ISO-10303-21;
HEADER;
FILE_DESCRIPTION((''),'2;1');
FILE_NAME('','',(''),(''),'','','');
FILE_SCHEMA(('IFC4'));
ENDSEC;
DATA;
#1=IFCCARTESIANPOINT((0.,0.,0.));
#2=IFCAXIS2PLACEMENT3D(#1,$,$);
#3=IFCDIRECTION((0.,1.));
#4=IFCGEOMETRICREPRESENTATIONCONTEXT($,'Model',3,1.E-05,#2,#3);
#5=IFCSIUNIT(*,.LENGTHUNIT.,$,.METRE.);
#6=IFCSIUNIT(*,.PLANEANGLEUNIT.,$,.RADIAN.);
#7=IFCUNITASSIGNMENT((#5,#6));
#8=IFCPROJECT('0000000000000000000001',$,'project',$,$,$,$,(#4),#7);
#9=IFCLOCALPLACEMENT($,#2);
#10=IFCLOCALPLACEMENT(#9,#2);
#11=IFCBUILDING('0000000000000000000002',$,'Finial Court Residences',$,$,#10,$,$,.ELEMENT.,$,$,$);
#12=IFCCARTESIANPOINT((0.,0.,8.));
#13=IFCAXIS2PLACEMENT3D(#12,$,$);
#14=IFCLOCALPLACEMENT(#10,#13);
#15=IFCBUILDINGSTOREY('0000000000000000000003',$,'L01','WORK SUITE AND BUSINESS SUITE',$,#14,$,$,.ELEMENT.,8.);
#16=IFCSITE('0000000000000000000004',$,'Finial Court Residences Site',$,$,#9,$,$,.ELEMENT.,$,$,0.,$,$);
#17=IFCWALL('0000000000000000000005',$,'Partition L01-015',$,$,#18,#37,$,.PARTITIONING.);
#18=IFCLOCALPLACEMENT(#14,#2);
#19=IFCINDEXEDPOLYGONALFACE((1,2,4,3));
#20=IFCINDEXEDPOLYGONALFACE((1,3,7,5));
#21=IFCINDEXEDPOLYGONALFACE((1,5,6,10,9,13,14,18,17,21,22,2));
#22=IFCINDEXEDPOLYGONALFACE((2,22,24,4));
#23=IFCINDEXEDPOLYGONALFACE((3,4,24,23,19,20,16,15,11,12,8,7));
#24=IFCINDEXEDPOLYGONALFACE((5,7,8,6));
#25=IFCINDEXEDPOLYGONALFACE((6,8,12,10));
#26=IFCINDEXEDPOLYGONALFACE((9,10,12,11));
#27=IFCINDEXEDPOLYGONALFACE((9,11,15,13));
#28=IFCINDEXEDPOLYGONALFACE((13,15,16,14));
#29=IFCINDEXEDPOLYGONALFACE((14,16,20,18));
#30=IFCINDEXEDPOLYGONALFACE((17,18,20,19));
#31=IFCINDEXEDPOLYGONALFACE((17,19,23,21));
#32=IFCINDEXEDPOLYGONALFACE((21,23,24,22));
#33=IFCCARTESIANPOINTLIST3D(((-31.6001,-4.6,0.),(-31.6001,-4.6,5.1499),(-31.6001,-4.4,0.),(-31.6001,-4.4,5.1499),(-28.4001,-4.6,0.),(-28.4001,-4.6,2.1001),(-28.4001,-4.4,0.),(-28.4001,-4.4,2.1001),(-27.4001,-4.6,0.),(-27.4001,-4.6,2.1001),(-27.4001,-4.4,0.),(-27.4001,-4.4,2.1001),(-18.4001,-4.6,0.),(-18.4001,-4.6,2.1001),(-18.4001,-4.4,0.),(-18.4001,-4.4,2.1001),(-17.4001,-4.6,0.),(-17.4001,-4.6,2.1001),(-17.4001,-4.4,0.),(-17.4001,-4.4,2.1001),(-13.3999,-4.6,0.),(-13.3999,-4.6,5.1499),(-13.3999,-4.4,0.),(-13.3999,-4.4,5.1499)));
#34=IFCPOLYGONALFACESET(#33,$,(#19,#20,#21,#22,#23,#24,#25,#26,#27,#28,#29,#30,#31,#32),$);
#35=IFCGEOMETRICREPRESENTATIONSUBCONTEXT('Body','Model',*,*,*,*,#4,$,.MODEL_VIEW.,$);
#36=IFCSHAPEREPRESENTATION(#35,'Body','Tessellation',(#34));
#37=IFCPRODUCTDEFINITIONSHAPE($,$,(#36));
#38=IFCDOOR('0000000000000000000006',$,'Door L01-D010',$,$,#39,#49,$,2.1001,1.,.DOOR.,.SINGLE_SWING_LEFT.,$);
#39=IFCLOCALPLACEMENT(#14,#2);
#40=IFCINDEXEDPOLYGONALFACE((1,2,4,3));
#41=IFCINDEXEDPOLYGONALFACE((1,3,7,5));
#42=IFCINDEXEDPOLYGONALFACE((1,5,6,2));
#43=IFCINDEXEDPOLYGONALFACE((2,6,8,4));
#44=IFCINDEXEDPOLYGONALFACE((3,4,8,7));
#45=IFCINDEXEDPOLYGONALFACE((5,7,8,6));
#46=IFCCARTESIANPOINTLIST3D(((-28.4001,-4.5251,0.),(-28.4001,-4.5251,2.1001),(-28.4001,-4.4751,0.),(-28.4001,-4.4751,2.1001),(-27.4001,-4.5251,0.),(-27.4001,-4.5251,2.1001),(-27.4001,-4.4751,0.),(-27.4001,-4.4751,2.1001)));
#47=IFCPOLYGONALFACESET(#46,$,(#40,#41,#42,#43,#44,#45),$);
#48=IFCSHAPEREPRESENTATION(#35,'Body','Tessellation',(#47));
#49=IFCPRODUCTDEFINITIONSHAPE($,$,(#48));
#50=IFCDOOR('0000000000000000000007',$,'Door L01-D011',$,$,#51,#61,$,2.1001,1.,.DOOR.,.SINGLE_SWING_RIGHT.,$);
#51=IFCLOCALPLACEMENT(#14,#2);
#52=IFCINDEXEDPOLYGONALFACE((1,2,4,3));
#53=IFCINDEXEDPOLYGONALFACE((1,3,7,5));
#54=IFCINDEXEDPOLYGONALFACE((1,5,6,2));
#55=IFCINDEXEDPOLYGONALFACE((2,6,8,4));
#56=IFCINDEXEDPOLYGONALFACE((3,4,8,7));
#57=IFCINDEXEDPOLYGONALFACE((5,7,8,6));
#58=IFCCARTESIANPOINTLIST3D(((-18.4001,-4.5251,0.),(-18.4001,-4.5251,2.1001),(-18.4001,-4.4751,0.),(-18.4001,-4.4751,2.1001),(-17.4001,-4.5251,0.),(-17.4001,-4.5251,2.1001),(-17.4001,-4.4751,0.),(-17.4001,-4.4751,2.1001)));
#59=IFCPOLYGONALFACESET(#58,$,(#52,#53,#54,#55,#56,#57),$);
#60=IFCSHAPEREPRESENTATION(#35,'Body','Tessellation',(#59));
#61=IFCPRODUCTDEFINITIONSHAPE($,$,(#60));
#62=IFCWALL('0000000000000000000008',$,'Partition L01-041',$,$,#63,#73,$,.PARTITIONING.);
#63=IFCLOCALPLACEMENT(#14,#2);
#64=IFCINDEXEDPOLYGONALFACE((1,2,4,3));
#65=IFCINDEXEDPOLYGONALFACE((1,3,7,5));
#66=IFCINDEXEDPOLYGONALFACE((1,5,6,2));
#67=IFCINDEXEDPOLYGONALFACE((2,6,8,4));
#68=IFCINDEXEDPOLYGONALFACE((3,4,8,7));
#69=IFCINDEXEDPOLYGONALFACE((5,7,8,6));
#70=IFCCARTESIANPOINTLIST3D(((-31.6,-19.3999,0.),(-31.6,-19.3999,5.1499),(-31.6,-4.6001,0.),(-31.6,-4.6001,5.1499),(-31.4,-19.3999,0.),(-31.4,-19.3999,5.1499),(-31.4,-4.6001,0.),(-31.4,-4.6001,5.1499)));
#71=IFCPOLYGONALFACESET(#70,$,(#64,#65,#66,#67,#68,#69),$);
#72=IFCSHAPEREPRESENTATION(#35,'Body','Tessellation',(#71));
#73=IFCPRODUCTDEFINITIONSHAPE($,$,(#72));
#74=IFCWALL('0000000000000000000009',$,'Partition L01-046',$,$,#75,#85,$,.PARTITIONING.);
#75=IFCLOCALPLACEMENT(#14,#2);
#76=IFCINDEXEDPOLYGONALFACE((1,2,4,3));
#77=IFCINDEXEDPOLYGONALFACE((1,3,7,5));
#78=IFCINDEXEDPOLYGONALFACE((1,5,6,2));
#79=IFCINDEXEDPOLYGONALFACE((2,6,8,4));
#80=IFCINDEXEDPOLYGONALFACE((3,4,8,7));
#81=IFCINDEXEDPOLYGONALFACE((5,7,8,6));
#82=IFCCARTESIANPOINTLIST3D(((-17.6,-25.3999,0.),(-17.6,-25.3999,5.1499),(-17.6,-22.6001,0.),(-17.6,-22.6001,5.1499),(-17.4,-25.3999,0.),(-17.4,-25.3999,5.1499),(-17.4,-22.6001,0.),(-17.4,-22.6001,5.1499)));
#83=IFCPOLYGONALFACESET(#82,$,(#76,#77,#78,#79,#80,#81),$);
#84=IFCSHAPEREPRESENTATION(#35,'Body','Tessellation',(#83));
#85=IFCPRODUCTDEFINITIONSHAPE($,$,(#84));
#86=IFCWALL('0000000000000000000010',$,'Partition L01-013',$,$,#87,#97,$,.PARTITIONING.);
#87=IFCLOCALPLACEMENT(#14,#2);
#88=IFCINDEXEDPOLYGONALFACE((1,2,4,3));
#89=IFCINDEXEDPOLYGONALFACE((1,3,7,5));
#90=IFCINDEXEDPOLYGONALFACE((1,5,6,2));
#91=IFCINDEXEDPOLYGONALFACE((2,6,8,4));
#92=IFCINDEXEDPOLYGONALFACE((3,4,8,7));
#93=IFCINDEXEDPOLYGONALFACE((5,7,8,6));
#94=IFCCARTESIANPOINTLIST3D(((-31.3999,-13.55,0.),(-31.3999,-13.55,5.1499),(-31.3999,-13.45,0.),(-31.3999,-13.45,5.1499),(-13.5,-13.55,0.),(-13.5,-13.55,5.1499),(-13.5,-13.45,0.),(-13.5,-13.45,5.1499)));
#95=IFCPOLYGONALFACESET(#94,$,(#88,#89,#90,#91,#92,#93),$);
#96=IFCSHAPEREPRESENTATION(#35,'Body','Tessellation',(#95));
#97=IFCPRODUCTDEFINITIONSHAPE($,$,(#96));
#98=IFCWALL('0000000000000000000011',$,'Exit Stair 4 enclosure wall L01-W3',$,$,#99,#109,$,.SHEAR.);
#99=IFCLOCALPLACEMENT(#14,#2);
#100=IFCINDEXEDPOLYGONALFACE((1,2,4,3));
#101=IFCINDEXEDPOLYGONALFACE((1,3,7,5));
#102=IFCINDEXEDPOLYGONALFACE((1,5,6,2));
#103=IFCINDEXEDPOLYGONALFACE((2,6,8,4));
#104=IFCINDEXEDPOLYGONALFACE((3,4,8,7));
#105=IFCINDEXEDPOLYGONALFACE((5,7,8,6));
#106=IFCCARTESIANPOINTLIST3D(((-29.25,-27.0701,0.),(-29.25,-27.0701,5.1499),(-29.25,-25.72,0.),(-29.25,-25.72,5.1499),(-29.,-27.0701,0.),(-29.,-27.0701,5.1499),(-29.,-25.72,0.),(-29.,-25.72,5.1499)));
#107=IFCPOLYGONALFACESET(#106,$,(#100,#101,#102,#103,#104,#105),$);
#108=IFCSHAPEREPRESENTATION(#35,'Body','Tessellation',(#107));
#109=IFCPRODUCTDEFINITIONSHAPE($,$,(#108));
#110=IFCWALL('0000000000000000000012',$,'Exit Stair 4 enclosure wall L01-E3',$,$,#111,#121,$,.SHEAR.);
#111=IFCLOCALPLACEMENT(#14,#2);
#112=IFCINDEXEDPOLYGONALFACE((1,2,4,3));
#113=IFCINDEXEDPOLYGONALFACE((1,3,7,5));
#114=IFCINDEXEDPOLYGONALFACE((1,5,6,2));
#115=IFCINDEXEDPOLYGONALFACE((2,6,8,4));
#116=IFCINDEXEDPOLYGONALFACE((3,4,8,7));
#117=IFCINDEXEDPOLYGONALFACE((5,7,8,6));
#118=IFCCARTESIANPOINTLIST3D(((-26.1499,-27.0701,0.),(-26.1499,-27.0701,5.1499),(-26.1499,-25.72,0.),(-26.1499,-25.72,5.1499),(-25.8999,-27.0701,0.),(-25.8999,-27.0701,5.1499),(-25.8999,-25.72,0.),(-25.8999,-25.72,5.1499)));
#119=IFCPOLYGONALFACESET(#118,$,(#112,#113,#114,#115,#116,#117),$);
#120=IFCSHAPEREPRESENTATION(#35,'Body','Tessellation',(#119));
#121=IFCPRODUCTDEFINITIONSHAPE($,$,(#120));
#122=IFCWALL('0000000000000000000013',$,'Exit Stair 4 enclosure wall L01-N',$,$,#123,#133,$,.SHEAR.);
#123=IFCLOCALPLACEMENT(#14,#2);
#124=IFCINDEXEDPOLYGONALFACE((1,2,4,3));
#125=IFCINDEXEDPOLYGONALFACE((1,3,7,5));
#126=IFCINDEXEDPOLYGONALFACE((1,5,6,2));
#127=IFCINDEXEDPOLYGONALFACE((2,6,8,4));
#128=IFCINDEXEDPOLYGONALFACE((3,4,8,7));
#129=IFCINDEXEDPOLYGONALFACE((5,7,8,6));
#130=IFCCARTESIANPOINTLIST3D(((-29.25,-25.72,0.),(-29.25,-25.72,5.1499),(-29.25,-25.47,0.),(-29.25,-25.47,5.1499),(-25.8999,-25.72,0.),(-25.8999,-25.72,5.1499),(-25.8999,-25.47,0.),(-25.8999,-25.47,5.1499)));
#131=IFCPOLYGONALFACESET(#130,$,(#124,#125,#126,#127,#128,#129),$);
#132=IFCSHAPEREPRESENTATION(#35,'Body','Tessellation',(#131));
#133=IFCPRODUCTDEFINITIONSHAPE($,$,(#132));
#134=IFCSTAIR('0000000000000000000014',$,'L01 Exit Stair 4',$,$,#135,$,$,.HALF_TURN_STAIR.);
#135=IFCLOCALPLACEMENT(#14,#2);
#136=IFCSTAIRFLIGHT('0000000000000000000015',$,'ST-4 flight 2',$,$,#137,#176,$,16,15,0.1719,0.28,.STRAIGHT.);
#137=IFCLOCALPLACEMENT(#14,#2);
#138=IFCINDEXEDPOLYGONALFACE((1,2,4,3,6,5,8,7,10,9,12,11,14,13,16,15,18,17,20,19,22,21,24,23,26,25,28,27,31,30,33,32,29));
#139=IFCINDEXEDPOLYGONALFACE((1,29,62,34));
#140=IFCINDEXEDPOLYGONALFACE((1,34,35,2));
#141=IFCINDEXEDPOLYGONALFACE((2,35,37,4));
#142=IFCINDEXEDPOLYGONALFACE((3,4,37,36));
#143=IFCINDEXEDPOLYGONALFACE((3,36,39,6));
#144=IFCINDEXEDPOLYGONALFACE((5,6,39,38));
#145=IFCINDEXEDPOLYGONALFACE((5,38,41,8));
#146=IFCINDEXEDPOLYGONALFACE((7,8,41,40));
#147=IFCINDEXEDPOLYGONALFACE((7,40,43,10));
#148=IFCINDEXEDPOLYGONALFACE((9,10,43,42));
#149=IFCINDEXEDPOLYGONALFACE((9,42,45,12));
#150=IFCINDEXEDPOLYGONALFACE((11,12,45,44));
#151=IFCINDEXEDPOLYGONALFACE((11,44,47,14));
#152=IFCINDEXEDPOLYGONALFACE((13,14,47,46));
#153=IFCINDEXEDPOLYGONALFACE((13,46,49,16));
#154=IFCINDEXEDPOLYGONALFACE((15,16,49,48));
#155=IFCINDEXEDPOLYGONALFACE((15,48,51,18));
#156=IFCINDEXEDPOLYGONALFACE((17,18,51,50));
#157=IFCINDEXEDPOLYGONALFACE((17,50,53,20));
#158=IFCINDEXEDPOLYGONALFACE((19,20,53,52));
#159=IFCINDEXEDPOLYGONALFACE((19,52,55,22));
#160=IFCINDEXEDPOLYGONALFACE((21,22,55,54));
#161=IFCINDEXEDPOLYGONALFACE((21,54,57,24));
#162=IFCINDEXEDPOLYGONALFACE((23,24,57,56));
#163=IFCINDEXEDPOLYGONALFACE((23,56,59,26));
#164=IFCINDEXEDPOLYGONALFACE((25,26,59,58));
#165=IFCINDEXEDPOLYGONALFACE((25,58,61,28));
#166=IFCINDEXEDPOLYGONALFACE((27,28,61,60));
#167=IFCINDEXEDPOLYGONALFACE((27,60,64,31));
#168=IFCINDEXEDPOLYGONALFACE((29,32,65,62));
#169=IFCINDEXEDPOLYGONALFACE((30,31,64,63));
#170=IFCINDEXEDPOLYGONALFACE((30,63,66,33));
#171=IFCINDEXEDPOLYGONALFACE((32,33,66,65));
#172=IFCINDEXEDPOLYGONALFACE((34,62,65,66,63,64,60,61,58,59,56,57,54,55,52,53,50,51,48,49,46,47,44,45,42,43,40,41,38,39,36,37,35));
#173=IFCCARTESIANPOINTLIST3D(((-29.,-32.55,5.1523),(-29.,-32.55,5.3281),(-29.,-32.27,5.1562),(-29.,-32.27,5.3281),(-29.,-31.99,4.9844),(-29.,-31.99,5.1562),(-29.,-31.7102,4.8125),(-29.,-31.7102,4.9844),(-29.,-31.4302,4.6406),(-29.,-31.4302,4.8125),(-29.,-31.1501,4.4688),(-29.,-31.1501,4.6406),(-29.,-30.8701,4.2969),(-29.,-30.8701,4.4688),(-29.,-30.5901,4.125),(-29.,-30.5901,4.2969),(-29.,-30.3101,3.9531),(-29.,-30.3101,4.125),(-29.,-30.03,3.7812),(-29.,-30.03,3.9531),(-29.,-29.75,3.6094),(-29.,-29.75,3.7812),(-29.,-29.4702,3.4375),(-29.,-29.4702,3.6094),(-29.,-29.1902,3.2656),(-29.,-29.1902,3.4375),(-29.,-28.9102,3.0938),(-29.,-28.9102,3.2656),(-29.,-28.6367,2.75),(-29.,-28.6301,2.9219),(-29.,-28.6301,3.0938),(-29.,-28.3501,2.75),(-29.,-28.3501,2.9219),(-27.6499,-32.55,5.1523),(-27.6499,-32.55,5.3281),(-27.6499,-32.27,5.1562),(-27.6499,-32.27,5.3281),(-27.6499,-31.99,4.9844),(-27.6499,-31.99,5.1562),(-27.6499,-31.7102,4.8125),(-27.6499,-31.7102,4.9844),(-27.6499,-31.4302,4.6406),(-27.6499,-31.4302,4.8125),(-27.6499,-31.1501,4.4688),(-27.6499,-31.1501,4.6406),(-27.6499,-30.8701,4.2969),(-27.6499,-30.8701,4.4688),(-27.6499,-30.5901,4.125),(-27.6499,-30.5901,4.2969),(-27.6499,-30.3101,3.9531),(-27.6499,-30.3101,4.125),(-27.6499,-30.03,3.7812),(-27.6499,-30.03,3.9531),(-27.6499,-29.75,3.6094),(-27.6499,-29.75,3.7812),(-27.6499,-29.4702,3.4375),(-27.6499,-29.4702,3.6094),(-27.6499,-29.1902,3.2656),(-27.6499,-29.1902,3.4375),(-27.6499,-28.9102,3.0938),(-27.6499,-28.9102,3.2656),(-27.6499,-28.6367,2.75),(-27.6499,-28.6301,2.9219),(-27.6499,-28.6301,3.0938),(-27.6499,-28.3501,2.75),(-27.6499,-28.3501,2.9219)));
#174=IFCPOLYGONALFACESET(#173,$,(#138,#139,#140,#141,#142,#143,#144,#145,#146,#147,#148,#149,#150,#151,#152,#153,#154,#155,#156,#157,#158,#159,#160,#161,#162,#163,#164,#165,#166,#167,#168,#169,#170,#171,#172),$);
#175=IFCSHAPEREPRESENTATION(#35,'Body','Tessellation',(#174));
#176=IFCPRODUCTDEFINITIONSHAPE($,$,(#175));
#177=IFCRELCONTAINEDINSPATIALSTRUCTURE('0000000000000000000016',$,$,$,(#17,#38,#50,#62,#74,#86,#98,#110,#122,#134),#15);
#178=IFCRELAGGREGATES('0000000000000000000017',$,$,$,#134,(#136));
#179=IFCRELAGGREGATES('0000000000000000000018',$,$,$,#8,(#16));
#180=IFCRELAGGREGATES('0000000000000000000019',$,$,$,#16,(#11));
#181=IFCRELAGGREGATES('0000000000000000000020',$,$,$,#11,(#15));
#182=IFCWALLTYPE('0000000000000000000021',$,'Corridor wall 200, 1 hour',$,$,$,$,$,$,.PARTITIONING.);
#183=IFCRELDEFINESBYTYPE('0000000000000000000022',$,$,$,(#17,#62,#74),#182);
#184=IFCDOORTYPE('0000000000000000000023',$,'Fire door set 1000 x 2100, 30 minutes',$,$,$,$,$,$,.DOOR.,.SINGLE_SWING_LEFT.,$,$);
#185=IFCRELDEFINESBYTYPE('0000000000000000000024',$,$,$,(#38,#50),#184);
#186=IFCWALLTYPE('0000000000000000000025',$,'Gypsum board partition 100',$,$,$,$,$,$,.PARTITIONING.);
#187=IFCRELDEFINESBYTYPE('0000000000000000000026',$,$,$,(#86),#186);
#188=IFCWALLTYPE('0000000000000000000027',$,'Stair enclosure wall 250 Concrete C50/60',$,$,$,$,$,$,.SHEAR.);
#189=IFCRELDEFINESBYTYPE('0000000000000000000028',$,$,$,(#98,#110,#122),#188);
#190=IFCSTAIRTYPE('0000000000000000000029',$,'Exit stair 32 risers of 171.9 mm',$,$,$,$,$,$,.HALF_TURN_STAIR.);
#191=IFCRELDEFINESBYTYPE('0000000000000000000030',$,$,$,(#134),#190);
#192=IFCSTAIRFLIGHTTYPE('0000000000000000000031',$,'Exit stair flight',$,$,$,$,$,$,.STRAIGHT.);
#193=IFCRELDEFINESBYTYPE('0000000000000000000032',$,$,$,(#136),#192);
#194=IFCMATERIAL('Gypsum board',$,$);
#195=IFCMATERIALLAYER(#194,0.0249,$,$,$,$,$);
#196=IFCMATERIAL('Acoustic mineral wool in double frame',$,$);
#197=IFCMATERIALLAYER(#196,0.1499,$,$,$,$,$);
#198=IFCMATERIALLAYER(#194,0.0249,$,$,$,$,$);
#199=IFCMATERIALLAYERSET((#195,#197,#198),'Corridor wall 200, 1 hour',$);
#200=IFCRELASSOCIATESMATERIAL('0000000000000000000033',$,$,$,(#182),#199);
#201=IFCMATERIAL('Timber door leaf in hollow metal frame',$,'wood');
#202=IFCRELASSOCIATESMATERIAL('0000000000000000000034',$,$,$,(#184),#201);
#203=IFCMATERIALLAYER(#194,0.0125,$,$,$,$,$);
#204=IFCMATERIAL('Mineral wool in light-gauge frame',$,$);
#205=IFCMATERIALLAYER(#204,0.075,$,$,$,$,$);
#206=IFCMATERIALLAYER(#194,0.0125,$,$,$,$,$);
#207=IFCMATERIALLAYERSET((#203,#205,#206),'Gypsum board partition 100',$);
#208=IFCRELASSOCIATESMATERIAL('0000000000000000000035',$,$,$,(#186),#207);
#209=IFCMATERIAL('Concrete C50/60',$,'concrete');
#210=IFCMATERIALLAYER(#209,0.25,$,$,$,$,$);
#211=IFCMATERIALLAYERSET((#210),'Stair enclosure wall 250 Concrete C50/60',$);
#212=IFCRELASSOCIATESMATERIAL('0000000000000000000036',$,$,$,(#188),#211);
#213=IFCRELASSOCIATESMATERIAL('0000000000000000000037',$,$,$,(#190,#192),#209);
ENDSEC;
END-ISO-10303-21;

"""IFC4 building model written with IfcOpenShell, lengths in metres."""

from ifc_helpers import new_model, si_unit, direction, frame, frame_2d, origin, place, context, subcontext, project, spatial, polyline, rectangle, outline, extrude, material, layer, layer_set, type_object, element, fill, aggregate, save


model = new_model("IFC4")

# Units and contexts
model_context = context("Model", 3, precision=1e-05, world=origin(), true_north=direction((0.0, 1.0)))
body_context = subcontext(model_context, "Body", "Model", "MODEL_VIEW")
ifc_project = project(units=[si_unit("LENGTHUNIT", "METRE"), si_unit("PLANEANGLEUNIT", "RADIAN")], contexts=[model_context])

# Site, building, storey
site_placement = place(None, origin())
site = spatial("IfcSite", under=ifc_project, at=site_placement, Name="Finial Court Residences Site", CompositionType="ELEMENT", RefElevation=0.0)
building_placement = place(site_placement, origin())
building = spatial("IfcBuilding", under=site, at=building_placement, Name="Finial Court Residences", CompositionType="ELEMENT")
storey_placement = place(building_placement, frame((0.0, 0.0, 8.0)))
storey = spatial("IfcBuildingStorey", under=building, at=storey_placement, Name="L01", Description="WORK SUITE AND BUSINESS SUITE", CompositionType="ELEMENT", Elevation=8.0)

# Shared definitions
ifc_material_1 = material(Name="Concrete C50/60", Category="concrete")

# Shared definitions
ifc_material_2 = material(Name="Gypsum board")
ifc_layer_1 = layer(ifc_material_2, 0.0249)
ifc_material_3 = material(Name="Acoustic mineral wool in double frame")
ifc_layer_2 = layer(ifc_material_3, 0.1499)
ifc_layer_3 = layer(ifc_material_2, 0.0249)
ifc_layer_set_1 = layer_set([ifc_layer_1, ifc_layer_2, ifc_layer_3], Name="Corridor wall 200, 1 hour")
wall_type_1 = type_object("IfcWallType", Name="Corridor wall 200, 1 hour", PredefinedType="PARTITIONING", material=ifc_layer_set_1)

# Wall, openings, doors
ifc_material_4 = material(Name="Timber door leaf in hollow metal frame", Category="wood")
wall_1_placement = place(storey_placement, frame((-31.6001, -4.5, 0.0), z_axis=(0.0, 0.0, 1.0), x_axis=(1.0, 0.0, 0.0)))
wall_1 = element("IfcWall", 1, at=wall_1_placement, inside=storey, type_object=wall_type_1, Name="Partition L01-015", PredefinedType="PARTITIONING", context=body_context, shape_type="SweptSolid", body=[
    extrude(rectangle(XDim=18.2002, YDim=0.2, at=frame_2d((9.1001, 0.0))), origin(), (0.0, 0.0, 1.0), 5.1499),
])
opening_1_placement = place(wall_1_placement, frame((3.2, 0.0, 0.0)))
opening_1 = element("IfcOpeningElement", 2, at=opening_1_placement, cuts=wall_1, PredefinedType="OPENING", context=body_context, shape_type="SweptSolid", body=[
    extrude(rectangle(XDim=1.0, YDim=2.1001, at=frame_2d((0.5, 1.05))), frame((0.0, 0.1099, 0.0), z_axis=(0.0, -1.0, 0.0), x_axis=(1.0, 0.0, 0.0)), (0.0, 0.0, 1.0), 0.22),
])
opening_2_placement = place(wall_1_placement, frame((13.2, 0.0, 0.0)))
opening_2 = element("IfcOpeningElement", 3, at=opening_2_placement, cuts=wall_1, PredefinedType="OPENING", context=body_context, shape_type="SweptSolid", body=[
    extrude(rectangle(XDim=1.0, YDim=2.1001, at=frame_2d((0.5, 1.05))), frame((0.0, 0.1099, 0.0), z_axis=(0.0, -1.0, 0.0), x_axis=(1.0, 0.0, 0.0)), (0.0, 0.0, 1.0), 0.22),
])
door_type_1 = type_object("IfcDoorType", Name="Fire door set 1000 x 2100, 30 minutes", OperationType="SINGLE_SWING_LEFT", PredefinedType="DOOR", material=ifc_material_4)
door_1_placement = place(opening_1_placement, origin())
door_1 = element("IfcDoor", 4, at=door_1_placement, inside=storey, type_object=door_type_1, Name="Door L01-D010", OperationType="SINGLE_SWING_LEFT", OverallHeight=2.1001, OverallWidth=1.0, PredefinedType="DOOR", context=body_context, shape_type="SweptSolid", body=[
    extrude(rectangle(XDim=1.0, YDim=2.1001, at=frame_2d((0.5, 1.05))), frame((0.0, 0.0249, 0.0), z_axis=(0.0, -1.0, 0.0), x_axis=(1.0, 0.0, 0.0)), (0.0, 0.0, 1.0), 0.05),
])
fill(opening_1, door_1)
door_2_placement = place(opening_2_placement, origin())
door_2 = element("IfcDoor", 5, at=door_2_placement, inside=storey, type_object=door_type_1, Name="Door L01-D011", OperationType="SINGLE_SWING_RIGHT", OverallHeight=2.1001, OverallWidth=1.0, PredefinedType="DOOR", context=body_context, shape_type="SweptSolid", body=[
    extrude(rectangle(XDim=1.0, YDim=2.1001, at=frame_2d((0.5, 1.05))), frame((0.0, 0.0249, 0.0), z_axis=(0.0, -1.0, 0.0), x_axis=(1.0, 0.0, 0.0)), (0.0, 0.0, 1.0), 0.05),
])
fill(opening_2, door_2)

# Walls
wall_2_placement = place(storey_placement, frame((-31.5, -19.3999, 0.0), z_axis=(0.0, 0.0, 1.0), x_axis=(0.0, 1.0, 0.0)))
element("IfcWall", 6, at=wall_2_placement, inside=storey, type_object=wall_type_1, Name="Partition L01-041", PredefinedType="PARTITIONING", context=body_context, shape_type="SweptSolid", body=[
    extrude(rectangle(XDim=14.7998, YDim=0.2, at=frame_2d((7.3999, 0.0))), origin(), (0.0, 0.0, 1.0), 5.1499),
])
wall_3_placement = place(storey_placement, frame((-17.5, -25.3999, 0.0), z_axis=(0.0, 0.0, 1.0), x_axis=(0.0, 1.0, 0.0)))
element("IfcWall", 7, at=wall_3_placement, inside=storey, type_object=wall_type_1, Name="Partition L01-046", PredefinedType="PARTITIONING", context=body_context, shape_type="SweptSolid", body=[
    extrude(rectangle(XDim=2.7998, YDim=0.2, at=frame_2d((1.3999, 0.0))), origin(), (0.0, 0.0, 1.0), 5.1499),
])
ifc_layer_4 = layer(ifc_material_2, 0.0125)
ifc_material_5 = material(Name="Mineral wool in light-gauge frame")
ifc_layer_5 = layer(ifc_material_5, 0.075)
ifc_layer_6 = layer(ifc_material_2, 0.0125)
ifc_layer_set_2 = layer_set([ifc_layer_4, ifc_layer_5, ifc_layer_6], Name="Gypsum board partition 100")
wall_type_2 = type_object("IfcWallType", Name="Gypsum board partition 100", PredefinedType="PARTITIONING", material=ifc_layer_set_2)
wall_4_placement = place(storey_placement, frame((-31.3999, -13.5, 0.0), z_axis=(0.0, 0.0, 1.0), x_axis=(1.0, 0.0, 0.0)))
element("IfcWall", 8, at=wall_4_placement, inside=storey, type_object=wall_type_2, Name="Partition L01-013", PredefinedType="PARTITIONING", context=body_context, shape_type="SweptSolid", body=[
    extrude(rectangle(XDim=17.8999, YDim=0.1001, at=frame_2d((8.95, 0.0))), origin(), (0.0, 0.0, 1.0), 5.1499),
])
ifc_layer_7 = layer(ifc_material_1, 0.25)
ifc_layer_set_3 = layer_set([ifc_layer_7], Name="Stair enclosure wall 250 Concrete C50/60")
wall_type_3 = type_object("IfcWallType", Name="Stair enclosure wall 250 Concrete C50/60", PredefinedType="SHEAR", material=ifc_layer_set_3)
for number, where, z_axis, x_axis, name in (
    (9, (-29.125, -27.0701, 0.0), (0.0, 0.0, 1.0), (0.0, 1.0, 0.0), "Exit Stair 4 enclosure wall L01-W3"),
    (10, (-26.0249, -27.0701, 0.0), (0.0, 0.0, 1.0), (0.0, 1.0, 0.0), "Exit Stair 4 enclosure wall L01-E3"),
):
    element("IfcWall", number, at=place(storey_placement, frame(where, z_axis=z_axis, x_axis=x_axis)), inside=storey, type_object=wall_type_3, Name=name, PredefinedType="SHEAR", context=body_context, shape_type="SweptSolid", body=[
        extrude(rectangle(XDim=1.3501, YDim=0.25, at=frame_2d((0.675, 0.0))), origin(), (0.0, 0.0, 1.0), 5.1499),
    ])
wall_5_placement = place(storey_placement, frame((-29.25, -25.595, 0.0), z_axis=(0.0, 0.0, 1.0), x_axis=(1.0, 0.0, 0.0)))
element("IfcWall", 11, at=wall_5_placement, inside=storey, type_object=wall_type_3, Name="Exit Stair 4 enclosure wall L01-N", PredefinedType="SHEAR", context=body_context, shape_type="SweptSolid", body=[
    extrude(rectangle(XDim=3.3501, YDim=0.25, at=frame_2d((1.675, 0.0))), origin(), (0.0, 0.0, 1.0), 5.1499),
])

# Stair, stair flight
stair_type = type_object("IfcStairType", Name="Exit stair 32 risers of 171.9 mm", PredefinedType="HALF_TURN_STAIR", material=ifc_material_1)
stair_placement = place(storey_placement, origin())
stair = element("IfcStair", 12, at=stair_placement, inside=storey, type_object=stair_type, Name="L01 Exit Stair 4", PredefinedType="HALF_TURN_STAIR")
stair_flight_type = type_object("IfcStairFlightType", Name="Exit stair flight", PredefinedType="STRAIGHT", material=ifc_material_1)
stair_flight_placement = place(storey_placement, frame((-28.325, -28.3501, 2.75), z_axis=(0.0, 0.0, 1.0), x_axis=(0.0, -1.0, 0.0)))
stair_flight = element("IfcStairFlight", 13, at=stair_flight_placement, type_object=stair_flight_type, Name="ST-4 flight 2", NumberOfRisers=16, NumberOfTreads=15, PredefinedType="STRAIGHT", RiserHeight=0.1719, TreadLength=0.28, context=body_context, shape_type="SweptSolid", body=[
    extrude(outline(polyline([(0.0, 0.0), (0.0, 0.1719), (0.28, 0.1719), (0.28, 0.3438), (0.5601, 0.3438), (0.5601, 0.5156), (0.8401, 0.5156), (0.8401, 0.6875), (1.1201, 0.6875), (1.1201, 0.8594), (1.3999, 0.8594), (1.3999, 1.0312), (1.6799, 1.0312), (1.6799, 1.2031), (1.96, 1.2031), (1.96, 1.375), (2.24, 1.375), (2.24, 1.5469), (2.52, 1.5469), (2.52, 1.7188), (2.8, 1.7188), (2.8, 1.8906), (3.0801, 1.8906), (3.0801, 2.0625), (3.3601, 2.0625), (3.3601, 2.2344), (3.6399, 2.2344), (3.6399, 2.4062), (3.9199, 2.4062), (3.9199, 2.5781), (4.2, 2.5781), (4.2, 2.75), (4.2, 2.4023), (0.2866, 0.0), (0.0, 0.0)])), frame((0.0, 0.675, 0.0), z_axis=(0.0, -1.0, 0.0), x_axis=(1.0, 0.0, 0.0)), (0.0, 0.0, 1.0), 1.3501),
])
aggregate(stair, [stair_flight])

save(model, "model.ifc")
